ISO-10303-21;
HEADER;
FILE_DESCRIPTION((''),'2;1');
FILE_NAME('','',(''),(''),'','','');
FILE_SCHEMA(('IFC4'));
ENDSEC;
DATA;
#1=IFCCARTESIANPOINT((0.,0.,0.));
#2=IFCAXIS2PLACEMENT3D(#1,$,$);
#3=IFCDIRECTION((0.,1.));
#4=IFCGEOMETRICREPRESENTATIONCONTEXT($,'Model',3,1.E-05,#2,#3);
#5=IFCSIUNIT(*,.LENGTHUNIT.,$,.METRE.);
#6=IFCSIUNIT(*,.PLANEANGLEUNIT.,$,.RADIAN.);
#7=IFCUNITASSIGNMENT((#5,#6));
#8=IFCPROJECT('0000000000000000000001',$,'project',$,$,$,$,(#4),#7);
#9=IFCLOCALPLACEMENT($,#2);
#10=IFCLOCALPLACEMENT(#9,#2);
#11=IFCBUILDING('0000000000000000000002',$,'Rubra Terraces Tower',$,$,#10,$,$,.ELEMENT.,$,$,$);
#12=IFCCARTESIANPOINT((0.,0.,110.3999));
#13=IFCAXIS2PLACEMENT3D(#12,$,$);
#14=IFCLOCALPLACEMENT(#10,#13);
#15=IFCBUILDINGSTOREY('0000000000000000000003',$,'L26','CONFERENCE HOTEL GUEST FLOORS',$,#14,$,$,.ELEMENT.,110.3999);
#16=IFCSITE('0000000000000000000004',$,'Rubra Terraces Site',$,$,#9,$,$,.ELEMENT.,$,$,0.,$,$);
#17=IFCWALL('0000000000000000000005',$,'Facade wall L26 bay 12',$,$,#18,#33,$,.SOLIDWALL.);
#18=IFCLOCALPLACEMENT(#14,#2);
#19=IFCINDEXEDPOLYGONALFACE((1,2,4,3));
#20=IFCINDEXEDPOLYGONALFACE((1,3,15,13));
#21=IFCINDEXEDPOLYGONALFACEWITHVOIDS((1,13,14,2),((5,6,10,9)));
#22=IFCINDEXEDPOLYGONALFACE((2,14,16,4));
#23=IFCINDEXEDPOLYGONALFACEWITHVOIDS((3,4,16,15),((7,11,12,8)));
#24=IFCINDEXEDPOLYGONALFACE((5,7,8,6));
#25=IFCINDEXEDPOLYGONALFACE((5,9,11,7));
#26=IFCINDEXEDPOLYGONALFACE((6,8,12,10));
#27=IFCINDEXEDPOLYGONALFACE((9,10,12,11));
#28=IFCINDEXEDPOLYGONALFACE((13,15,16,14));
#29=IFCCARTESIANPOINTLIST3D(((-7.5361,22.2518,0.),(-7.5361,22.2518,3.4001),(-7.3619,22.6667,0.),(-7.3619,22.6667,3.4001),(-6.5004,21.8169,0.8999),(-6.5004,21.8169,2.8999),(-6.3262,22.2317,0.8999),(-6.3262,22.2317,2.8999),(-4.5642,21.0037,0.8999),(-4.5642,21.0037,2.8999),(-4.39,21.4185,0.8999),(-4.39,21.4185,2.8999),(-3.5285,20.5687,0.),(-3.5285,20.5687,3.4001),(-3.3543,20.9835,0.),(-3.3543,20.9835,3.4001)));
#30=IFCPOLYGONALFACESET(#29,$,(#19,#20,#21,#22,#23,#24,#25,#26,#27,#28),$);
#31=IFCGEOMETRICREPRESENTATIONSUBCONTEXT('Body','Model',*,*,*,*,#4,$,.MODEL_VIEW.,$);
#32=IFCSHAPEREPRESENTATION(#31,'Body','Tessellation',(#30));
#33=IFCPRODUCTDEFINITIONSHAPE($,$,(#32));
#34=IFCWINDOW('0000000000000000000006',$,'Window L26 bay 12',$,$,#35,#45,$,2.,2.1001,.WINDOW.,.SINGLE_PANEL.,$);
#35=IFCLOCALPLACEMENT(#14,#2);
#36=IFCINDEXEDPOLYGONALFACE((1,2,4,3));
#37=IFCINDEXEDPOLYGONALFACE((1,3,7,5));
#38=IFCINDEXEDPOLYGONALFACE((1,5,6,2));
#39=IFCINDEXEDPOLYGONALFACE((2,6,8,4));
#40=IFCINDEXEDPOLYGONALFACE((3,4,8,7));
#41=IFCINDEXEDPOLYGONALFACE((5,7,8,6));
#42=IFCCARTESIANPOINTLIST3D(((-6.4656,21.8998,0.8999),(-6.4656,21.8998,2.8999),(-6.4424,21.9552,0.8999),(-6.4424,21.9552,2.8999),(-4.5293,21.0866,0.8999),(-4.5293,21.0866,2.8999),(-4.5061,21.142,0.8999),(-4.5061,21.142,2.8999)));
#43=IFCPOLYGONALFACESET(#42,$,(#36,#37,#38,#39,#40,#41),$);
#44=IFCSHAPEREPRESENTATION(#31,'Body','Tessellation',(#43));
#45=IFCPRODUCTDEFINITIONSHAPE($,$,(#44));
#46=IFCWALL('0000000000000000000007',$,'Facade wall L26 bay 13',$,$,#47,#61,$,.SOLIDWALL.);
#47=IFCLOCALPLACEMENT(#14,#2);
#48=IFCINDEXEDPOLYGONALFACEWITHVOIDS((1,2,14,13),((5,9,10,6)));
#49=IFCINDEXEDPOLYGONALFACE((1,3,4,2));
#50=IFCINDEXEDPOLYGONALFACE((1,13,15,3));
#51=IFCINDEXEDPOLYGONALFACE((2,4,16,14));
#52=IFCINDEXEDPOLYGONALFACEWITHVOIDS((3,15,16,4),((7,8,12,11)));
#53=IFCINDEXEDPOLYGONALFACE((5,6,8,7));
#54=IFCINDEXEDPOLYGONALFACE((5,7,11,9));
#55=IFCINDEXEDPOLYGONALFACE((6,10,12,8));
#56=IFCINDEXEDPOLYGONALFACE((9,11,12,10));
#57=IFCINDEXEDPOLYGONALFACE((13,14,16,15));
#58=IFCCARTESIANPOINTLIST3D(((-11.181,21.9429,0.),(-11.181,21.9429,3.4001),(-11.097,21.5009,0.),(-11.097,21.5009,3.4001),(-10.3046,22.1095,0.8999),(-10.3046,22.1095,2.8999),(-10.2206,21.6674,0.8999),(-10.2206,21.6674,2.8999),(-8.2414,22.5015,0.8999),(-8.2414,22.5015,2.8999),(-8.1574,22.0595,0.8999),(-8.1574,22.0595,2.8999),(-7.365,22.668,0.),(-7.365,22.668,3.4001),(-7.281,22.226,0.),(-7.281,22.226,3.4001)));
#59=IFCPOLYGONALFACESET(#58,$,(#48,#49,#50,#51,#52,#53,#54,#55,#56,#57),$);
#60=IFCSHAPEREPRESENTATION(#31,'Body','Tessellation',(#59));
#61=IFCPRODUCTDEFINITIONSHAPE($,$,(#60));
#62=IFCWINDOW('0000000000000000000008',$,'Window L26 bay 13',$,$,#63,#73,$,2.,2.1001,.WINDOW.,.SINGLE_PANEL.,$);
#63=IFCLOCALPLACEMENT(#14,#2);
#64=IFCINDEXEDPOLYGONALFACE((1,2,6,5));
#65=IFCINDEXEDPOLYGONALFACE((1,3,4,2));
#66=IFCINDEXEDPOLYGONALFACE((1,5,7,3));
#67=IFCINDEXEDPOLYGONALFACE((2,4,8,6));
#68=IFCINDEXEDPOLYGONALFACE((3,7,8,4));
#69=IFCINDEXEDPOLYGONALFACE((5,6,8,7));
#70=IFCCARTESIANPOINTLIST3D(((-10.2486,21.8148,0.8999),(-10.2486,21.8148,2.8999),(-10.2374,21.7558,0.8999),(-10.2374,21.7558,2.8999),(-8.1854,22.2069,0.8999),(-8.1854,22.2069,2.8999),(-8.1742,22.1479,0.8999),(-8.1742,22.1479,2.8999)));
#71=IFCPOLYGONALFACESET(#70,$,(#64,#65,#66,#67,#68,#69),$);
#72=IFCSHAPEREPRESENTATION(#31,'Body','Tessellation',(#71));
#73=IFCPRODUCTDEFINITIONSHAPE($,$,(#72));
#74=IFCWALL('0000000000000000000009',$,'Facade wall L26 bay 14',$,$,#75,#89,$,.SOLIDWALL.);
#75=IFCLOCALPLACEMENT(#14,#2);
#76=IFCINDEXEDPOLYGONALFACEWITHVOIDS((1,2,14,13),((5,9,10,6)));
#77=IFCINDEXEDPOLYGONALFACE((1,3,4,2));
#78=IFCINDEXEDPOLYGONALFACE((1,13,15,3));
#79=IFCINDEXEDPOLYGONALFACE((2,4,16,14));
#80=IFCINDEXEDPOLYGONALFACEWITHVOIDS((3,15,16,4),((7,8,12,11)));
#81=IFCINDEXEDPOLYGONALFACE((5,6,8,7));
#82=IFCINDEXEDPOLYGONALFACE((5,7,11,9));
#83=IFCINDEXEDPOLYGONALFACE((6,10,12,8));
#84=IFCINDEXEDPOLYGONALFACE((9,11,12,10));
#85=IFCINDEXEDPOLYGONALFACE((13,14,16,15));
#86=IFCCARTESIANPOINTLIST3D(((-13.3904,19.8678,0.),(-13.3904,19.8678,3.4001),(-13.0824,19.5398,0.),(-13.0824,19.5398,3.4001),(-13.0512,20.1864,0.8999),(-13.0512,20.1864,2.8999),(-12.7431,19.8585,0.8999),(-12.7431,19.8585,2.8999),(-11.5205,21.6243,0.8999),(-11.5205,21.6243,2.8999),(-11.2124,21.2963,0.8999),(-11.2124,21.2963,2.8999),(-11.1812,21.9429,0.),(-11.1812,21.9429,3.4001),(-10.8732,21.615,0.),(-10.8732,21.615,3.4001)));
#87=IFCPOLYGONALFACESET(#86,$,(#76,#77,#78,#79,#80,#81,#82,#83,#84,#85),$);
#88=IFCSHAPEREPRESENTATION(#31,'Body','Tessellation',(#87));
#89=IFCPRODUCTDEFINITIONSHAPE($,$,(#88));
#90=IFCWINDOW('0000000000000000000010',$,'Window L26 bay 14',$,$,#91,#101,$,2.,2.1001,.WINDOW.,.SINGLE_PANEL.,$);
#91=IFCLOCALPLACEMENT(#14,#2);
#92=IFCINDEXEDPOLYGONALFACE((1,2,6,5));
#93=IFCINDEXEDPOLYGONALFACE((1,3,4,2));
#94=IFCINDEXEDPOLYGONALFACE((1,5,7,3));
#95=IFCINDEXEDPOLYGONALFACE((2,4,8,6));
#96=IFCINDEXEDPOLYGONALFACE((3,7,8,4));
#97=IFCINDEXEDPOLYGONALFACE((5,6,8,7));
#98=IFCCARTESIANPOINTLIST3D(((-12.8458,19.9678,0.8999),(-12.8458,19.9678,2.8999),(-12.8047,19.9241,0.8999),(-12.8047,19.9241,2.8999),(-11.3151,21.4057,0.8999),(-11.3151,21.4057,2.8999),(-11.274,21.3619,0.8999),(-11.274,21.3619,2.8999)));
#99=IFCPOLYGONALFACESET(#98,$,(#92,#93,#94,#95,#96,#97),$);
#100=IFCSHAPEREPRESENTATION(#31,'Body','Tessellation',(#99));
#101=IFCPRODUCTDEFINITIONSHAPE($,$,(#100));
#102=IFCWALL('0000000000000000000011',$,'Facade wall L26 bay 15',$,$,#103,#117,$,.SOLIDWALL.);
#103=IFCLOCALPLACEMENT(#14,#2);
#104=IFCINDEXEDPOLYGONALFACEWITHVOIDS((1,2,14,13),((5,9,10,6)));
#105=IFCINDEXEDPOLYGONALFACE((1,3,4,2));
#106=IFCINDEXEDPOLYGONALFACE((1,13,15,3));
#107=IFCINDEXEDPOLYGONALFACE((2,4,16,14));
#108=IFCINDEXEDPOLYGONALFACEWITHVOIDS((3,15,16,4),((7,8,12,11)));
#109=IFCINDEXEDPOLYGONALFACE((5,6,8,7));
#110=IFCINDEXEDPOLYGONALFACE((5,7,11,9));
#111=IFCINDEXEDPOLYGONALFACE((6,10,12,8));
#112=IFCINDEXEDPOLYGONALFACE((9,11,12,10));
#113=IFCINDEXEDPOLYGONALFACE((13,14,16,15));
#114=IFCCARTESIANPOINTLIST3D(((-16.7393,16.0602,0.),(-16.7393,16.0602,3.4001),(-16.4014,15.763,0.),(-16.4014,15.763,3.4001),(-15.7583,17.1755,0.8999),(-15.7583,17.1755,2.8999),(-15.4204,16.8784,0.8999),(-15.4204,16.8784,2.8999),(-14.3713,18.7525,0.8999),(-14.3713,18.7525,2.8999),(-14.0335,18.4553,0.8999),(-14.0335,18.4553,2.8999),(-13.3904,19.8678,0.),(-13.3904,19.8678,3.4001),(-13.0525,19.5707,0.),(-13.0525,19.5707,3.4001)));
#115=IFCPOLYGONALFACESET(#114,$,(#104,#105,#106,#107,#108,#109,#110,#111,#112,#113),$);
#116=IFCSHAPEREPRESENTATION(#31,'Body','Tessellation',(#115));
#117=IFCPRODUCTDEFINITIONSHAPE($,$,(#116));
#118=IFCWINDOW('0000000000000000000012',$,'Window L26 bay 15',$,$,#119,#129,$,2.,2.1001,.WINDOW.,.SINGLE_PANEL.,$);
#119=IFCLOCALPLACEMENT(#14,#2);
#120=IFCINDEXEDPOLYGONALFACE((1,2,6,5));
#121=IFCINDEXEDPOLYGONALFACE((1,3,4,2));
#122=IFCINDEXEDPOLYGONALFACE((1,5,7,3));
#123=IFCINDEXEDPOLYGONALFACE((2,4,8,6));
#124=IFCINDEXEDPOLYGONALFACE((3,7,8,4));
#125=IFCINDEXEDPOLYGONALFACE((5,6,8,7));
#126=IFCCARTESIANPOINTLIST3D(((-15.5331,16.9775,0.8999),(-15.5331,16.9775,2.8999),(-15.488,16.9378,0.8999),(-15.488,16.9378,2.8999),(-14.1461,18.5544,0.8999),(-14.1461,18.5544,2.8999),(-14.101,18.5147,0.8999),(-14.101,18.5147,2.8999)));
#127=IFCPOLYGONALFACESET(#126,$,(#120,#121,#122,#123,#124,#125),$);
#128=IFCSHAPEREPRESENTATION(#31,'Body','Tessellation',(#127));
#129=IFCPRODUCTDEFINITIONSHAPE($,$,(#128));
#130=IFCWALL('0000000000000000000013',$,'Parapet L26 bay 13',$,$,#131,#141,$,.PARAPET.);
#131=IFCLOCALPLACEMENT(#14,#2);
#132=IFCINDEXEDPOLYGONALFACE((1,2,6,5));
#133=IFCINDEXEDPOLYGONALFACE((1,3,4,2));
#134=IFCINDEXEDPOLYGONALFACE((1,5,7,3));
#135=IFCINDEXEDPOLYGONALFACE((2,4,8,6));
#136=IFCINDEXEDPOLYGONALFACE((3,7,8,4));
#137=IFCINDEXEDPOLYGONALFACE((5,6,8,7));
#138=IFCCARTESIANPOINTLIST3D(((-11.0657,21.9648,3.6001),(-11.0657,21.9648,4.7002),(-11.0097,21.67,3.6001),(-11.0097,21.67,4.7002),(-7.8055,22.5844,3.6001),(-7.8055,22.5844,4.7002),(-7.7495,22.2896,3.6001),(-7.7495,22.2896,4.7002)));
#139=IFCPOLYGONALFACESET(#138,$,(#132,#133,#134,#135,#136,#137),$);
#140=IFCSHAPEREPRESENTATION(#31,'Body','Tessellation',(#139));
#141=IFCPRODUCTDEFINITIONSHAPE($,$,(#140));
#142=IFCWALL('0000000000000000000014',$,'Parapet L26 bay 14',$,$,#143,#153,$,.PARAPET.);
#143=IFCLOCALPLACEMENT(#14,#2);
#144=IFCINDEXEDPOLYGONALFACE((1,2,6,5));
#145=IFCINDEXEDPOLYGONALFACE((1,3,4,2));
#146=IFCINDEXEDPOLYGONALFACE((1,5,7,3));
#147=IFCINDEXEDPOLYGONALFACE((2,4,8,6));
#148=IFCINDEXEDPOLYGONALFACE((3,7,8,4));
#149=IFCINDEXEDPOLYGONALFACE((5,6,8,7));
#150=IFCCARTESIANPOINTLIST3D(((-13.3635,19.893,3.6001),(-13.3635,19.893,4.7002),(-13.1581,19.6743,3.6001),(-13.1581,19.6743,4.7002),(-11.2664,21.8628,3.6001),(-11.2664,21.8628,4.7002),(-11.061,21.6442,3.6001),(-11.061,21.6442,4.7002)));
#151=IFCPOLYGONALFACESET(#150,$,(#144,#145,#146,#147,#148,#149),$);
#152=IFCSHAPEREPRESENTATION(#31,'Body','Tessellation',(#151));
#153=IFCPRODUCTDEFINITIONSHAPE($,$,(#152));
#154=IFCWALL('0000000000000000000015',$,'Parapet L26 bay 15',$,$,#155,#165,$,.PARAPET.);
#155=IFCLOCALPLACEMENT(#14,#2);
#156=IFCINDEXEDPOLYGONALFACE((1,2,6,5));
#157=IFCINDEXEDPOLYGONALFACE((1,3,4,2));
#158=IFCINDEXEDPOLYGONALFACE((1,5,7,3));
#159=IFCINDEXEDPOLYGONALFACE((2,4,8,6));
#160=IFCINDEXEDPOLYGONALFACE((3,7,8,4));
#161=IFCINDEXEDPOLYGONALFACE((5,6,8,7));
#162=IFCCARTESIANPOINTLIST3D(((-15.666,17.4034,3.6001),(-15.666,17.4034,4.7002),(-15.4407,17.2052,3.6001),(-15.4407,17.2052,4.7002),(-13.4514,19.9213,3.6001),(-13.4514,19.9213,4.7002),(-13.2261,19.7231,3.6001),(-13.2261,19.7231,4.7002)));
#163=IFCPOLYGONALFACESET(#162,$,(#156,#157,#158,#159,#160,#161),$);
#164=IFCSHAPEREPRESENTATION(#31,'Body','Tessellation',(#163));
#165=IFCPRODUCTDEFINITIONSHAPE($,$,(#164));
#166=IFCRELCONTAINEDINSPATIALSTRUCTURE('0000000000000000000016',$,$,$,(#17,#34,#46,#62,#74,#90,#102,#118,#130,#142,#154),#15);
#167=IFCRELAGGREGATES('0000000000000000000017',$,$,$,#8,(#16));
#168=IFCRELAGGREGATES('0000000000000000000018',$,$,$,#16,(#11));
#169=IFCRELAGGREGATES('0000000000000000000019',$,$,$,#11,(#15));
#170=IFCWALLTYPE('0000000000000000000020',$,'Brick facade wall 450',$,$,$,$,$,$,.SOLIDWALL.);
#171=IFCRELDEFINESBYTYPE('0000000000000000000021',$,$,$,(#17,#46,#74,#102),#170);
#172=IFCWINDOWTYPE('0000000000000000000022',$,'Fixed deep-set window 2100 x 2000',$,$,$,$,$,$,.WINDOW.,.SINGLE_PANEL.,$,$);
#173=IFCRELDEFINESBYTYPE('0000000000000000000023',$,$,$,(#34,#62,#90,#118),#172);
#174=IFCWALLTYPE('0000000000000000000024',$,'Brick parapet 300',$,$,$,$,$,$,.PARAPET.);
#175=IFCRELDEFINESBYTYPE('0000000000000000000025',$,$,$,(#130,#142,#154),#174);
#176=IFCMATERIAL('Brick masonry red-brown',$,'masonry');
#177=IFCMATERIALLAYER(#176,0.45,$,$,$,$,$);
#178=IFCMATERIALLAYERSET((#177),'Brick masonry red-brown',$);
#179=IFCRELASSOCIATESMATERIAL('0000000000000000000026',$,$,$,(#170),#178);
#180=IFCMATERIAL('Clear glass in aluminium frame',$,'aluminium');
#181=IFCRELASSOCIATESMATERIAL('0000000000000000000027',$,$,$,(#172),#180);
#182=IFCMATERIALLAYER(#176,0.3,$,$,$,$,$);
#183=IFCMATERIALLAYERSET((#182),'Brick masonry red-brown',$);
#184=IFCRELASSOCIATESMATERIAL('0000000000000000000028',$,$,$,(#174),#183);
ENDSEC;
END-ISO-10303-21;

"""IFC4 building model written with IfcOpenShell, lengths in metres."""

from ifc_helpers import new_model, si_unit, direction, frame, frame_2d, origin, place, context, subcontext, project, spatial, rectangle, extrude, material, layer, layer_set, type_object, element, fill, save


model = new_model("IFC4")

# Units and contexts
model_context = context("Model", 3, precision=1e-05, world=origin(), true_north=direction((0.0, 1.0)))
body_context = subcontext(model_context, "Body", "Model", "MODEL_VIEW")
ifc_project = project(units=[si_unit("LENGTHUNIT", "METRE"), si_unit("PLANEANGLEUNIT", "RADIAN")], contexts=[model_context])

# Site, building, storey
site_placement = place(None, origin())
site = spatial("IfcSite", under=ifc_project, at=site_placement, Name="Rubra Terraces Site", CompositionType="ELEMENT", RefElevation=0.0)
building_placement = place(site_placement, origin())
building = spatial("IfcBuilding", under=site, at=building_placement, Name="Rubra Terraces Tower", CompositionType="ELEMENT")
storey_placement = place(building_placement, frame((0.0, 0.0, 110.3999)))
storey = spatial("IfcBuildingStorey", under=building, at=storey_placement, Name="L26", Description="CONFERENCE HOTEL GUEST FLOORS", CompositionType="ELEMENT", Elevation=110.3999)

# Walls, openings, windows
ifc_material_1 = material(Name="Brick masonry red-brown", Category="masonry")
ifc_layer_1 = layer(ifc_material_1, 0.45)
ifc_layer_set_1 = layer_set([ifc_layer_1], Name="Brick masonry red-brown")
wall_type_1 = type_object("IfcWallType", Name="Brick facade wall 450", PredefinedType="SOLIDWALL", material=ifc_layer_set_1)
wall_1_placement = place(storey_placement, frame((-3.4414, 20.7761, 0.0), z_axis=(0.0, 0.0, 1.0), x_axis=(-0.921988, 0.387218, 0.0)))
wall_1 = element("IfcWall", 1, at=wall_1_placement, inside=storey, type_object=wall_type_1, Name="Facade wall L26 bay 12", PredefinedType="SOLIDWALL", context=body_context, shape_type="SweptSolid", body=[
    extrude(rectangle(XDim=4.3467, YDim=0.45, at=frame_2d((2.1733, 0.0))), origin(), (0.0, 0.0, 1.0), 3.4001),
])
opening_1_placement = place(wall_1_placement, frame((1.1233, 0.0, 0.8999)))
opening_1 = element("IfcOpeningElement", 2, at=opening_1_placement, cuts=wall_1, PredefinedType="OPENING", context=body_context, shape_type="SweptSolid", body=[
    extrude(rectangle(XDim=2.1001, YDim=2.0, at=frame_2d((1.05, 1.0))), frame((0.0, 0.2349, 0.0), z_axis=(0.0, -1.0, 0.0), x_axis=(1.0, 0.0, 0.0)), (0.0, 0.0, 1.0), 0.47),
])
ifc_material_2 = material(Name="Clear glass in aluminium frame", Category="aluminium")
window_type = type_object("IfcWindowType", Name="Fixed deep-set window 2100 x 2000", PartitioningType="SINGLE_PANEL", PredefinedType="WINDOW", material=ifc_material_2)
window_1_placement = place(opening_1_placement, origin())
window_1 = element("IfcWindow", 3, at=window_1_placement, inside=storey, type_object=window_type, Name="Window L26 bay 12", OverallHeight=2.0, OverallWidth=2.1001, PartitioningType="SINGLE_PANEL", PredefinedType="WINDOW", context=body_context, shape_type="SweptSolid", body=[
    extrude(rectangle(XDim=2.1001, YDim=2.0, at=frame_2d((1.05, 1.0))), frame((0.0, 0.135, 0.0), z_axis=(0.0, -1.0, 0.0), x_axis=(1.0, 0.0, 0.0)), (0.0, 0.0, 1.0), 0.0601),
])
fill(opening_1, window_1)
wall_2_placement = place(storey_placement, frame((-7.323, 22.447, 0.0), z_axis=(0.0, 0.0, 1.0), x_axis=(-0.982421, -0.186679, 0.0)))
wall_2 = element("IfcWall", 4, at=wall_2_placement, inside=storey, type_object=wall_type_1, Name="Facade wall L26 bay 13", PredefinedType="SOLIDWALL", context=body_context, shape_type="SweptSolid", body=[
    extrude(rectangle(XDim=3.8843, YDim=0.45, at=frame_2d((1.9421, 0.0))), origin(), (0.0, 0.0, 1.0), 3.4001),
])
opening_2_placement = place(wall_2_placement, frame((0.8921, 0.0, 0.8999)))
opening_2 = element("IfcOpeningElement", 5, at=opening_2_placement, cuts=wall_2, PredefinedType="OPENING", context=body_context, shape_type="SweptSolid", body=[
    extrude(rectangle(XDim=2.1001, YDim=2.0, at=frame_2d((1.05, 1.0))), frame((0.0, 0.2349, 0.0), z_axis=(0.0, -1.0, 0.0), x_axis=(1.0, 0.0, 0.0)), (0.0, 0.0, 1.0), 0.47),
])
window_2_placement = place(opening_2_placement, origin())
window_2 = element("IfcWindow", 6, at=window_2_placement, inside=storey, type_object=window_type, Name="Window L26 bay 13", OverallHeight=2.0, OverallWidth=2.1001, PartitioningType="SINGLE_PANEL", PredefinedType="WINDOW", context=body_context, shape_type="SweptSolid", body=[
    extrude(rectangle(XDim=2.1001, YDim=2.0, at=frame_2d((1.05, 1.0))), frame((0.0, 0.135, 0.0), z_axis=(0.0, -1.0, 0.0), x_axis=(1.0, 0.0, 0.0)), (0.0, 0.0, 1.0), 0.0601),
])
fill(opening_2, window_2)
wall_3_placement = place(storey_placement, frame((-11.0271, 21.7791, 0.0), z_axis=(0.0, 0.0, 1.0), x_axis=(-0.728871, -0.684651, 0.0)))
wall_3 = element("IfcWall", 7, at=wall_3_placement, inside=storey, type_object=wall_type_1, Name="Facade wall L26 bay 14", PredefinedType="SOLIDWALL", context=body_context, shape_type="SweptSolid", body=[
    extrude(rectangle(XDim=3.031, YDim=0.45, at=frame_2d((1.5156, 0.0))), origin(), (0.0, 0.0, 1.0), 3.4001),
])
opening_3_placement = place(wall_3_placement, frame((0.4656, 0.0, 0.8999)))
opening_3 = element("IfcOpeningElement", 8, at=opening_3_placement, cuts=wall_3, PredefinedType="OPENING", context=body_context, shape_type="SweptSolid", body=[
    extrude(rectangle(XDim=2.1001, YDim=2.0, at=frame_2d((1.05, 1.0))), frame((0.0, 0.2349, 0.0), z_axis=(0.0, -1.0, 0.0), x_axis=(1.0, 0.0, 0.0)), (0.0, 0.0, 1.0), 0.47),
])
window_3_placement = place(opening_3_placement, origin())
window_3 = element("IfcWindow", 9, at=window_3_placement, inside=storey, type_object=window_type, Name="Window L26 bay 14", OverallHeight=2.0, OverallWidth=2.1001, PartitioningType="SINGLE_PANEL", PredefinedType="WINDOW", context=body_context, shape_type="SweptSolid", body=[
    extrude(rectangle(XDim=2.1001, YDim=2.0, at=frame_2d((1.05, 1.0))), frame((0.0, 0.135, 0.0), z_axis=(0.0, -1.0, 0.0), x_axis=(1.0, 0.0, 0.0)), (0.0, 0.0, 1.0), 0.0601),
])
fill(opening_3, window_3)
wall_4_placement = place(storey_placement, frame((-13.2214, 19.7192, 0.0), z_axis=(0.0, 0.0, 1.0), x_axis=(-0.660425, -0.750892, 0.0)))
wall_4 = element("IfcWall", 10, at=wall_4_placement, inside=storey, type_object=wall_type_1, Name="Facade wall L26 bay 15", PredefinedType="SOLIDWALL", context=body_context, shape_type="SweptSolid", body=[
    extrude(rectangle(XDim=5.0708, YDim=0.45, at=frame_2d((2.5354, 0.0))), origin(), (0.0, 0.0, 1.0), 3.4001),
])
opening_4_placement = place(wall_4_placement, frame((1.4854, 0.0, 0.8999)))
opening_4 = element("IfcOpeningElement", 11, at=opening_4_placement, cuts=wall_4, PredefinedType="OPENING", context=body_context, shape_type="SweptSolid", body=[
    extrude(rectangle(XDim=2.1001, YDim=2.0, at=frame_2d((1.05, 1.0))), frame((0.0, 0.2349, 0.0), z_axis=(0.0, -1.0, 0.0), x_axis=(1.0, 0.0, 0.0)), (0.0, 0.0, 1.0), 0.47),
])
window_4_placement = place(opening_4_placement, origin())
window_4 = element("IfcWindow", 12, at=window_4_placement, inside=storey, type_object=window_type, Name="Window L26 bay 15", OverallHeight=2.0, OverallWidth=2.1001, PartitioningType="SINGLE_PANEL", PredefinedType="WINDOW", context=body_context, shape_type="SweptSolid", body=[
    extrude(rectangle(XDim=2.1001, YDim=2.0, at=frame_2d((1.05, 1.0))), frame((0.0, 0.135, 0.0), z_axis=(0.0, -1.0, 0.0), x_axis=(1.0, 0.0, 0.0)), (0.0, 0.0, 1.0), 0.0601),
])
fill(opening_4, window_4)

# Walls
ifc_layer_2 = layer(ifc_material_1, 0.3)
ifc_layer_set_2 = layer_set([ifc_layer_2], Name="Brick masonry red-brown")
wall_type_2 = type_object("IfcWallType", Name="Brick parapet 300", PredefinedType="PARAPET", material=ifc_layer_set_2)
wall_5_placement = place(storey_placement, frame((-7.7776, 22.437, 3.6001), z_axis=(0.0, 0.0, 1.0), x_axis=(-0.982414, -0.186713, 0.0)))
element("IfcWall", 13, at=wall_5_placement, inside=storey, type_object=wall_type_2, Name="Parapet L26 bay 13", PredefinedType="PARAPET", context=body_context, shape_type="SweptSolid", body=[
    extrude(rectangle(XDim=3.3186, YDim=0.3, at=frame_2d((1.6592, 0.0))), origin(), (0.0, 0.0, 1.0), 1.1001),
])
wall_6_placement = place(storey_placement, frame((-11.1638, 21.7534, 3.6001), z_axis=(0.0, 0.0, 1.0), x_axis=(-0.728865, -0.684658, 0.0)))
element("IfcWall", 14, at=wall_6_placement, inside=storey, type_object=wall_type_2, Name="Parapet L26 bay 14", PredefinedType="PARAPET", context=body_context, shape_type="SweptSolid", body=[
    extrude(rectangle(XDim=2.8772, YDim=0.3, at=frame_2d((1.4385, 0.0))), origin(), (0.0, 0.0, 1.0), 1.1001),
])
wall_7_placement = place(storey_placement, frame((-13.3386, 19.8223, 3.6001), z_axis=(0.0, 0.0, 1.0), x_axis=(-0.660446, -0.750874, 0.0)))
element("IfcWall", 15, at=wall_7_placement, inside=storey, type_object=wall_type_2, Name="Parapet L26 bay 15", PredefinedType="PARAPET", context=body_context, shape_type="SweptSolid", body=[
    extrude(rectangle(XDim=3.3533, YDim=0.3, at=frame_2d((1.6768, 0.0))), origin(), (0.0, 0.0, 1.0), 1.1001),
])

save(model, "model.ifc")
